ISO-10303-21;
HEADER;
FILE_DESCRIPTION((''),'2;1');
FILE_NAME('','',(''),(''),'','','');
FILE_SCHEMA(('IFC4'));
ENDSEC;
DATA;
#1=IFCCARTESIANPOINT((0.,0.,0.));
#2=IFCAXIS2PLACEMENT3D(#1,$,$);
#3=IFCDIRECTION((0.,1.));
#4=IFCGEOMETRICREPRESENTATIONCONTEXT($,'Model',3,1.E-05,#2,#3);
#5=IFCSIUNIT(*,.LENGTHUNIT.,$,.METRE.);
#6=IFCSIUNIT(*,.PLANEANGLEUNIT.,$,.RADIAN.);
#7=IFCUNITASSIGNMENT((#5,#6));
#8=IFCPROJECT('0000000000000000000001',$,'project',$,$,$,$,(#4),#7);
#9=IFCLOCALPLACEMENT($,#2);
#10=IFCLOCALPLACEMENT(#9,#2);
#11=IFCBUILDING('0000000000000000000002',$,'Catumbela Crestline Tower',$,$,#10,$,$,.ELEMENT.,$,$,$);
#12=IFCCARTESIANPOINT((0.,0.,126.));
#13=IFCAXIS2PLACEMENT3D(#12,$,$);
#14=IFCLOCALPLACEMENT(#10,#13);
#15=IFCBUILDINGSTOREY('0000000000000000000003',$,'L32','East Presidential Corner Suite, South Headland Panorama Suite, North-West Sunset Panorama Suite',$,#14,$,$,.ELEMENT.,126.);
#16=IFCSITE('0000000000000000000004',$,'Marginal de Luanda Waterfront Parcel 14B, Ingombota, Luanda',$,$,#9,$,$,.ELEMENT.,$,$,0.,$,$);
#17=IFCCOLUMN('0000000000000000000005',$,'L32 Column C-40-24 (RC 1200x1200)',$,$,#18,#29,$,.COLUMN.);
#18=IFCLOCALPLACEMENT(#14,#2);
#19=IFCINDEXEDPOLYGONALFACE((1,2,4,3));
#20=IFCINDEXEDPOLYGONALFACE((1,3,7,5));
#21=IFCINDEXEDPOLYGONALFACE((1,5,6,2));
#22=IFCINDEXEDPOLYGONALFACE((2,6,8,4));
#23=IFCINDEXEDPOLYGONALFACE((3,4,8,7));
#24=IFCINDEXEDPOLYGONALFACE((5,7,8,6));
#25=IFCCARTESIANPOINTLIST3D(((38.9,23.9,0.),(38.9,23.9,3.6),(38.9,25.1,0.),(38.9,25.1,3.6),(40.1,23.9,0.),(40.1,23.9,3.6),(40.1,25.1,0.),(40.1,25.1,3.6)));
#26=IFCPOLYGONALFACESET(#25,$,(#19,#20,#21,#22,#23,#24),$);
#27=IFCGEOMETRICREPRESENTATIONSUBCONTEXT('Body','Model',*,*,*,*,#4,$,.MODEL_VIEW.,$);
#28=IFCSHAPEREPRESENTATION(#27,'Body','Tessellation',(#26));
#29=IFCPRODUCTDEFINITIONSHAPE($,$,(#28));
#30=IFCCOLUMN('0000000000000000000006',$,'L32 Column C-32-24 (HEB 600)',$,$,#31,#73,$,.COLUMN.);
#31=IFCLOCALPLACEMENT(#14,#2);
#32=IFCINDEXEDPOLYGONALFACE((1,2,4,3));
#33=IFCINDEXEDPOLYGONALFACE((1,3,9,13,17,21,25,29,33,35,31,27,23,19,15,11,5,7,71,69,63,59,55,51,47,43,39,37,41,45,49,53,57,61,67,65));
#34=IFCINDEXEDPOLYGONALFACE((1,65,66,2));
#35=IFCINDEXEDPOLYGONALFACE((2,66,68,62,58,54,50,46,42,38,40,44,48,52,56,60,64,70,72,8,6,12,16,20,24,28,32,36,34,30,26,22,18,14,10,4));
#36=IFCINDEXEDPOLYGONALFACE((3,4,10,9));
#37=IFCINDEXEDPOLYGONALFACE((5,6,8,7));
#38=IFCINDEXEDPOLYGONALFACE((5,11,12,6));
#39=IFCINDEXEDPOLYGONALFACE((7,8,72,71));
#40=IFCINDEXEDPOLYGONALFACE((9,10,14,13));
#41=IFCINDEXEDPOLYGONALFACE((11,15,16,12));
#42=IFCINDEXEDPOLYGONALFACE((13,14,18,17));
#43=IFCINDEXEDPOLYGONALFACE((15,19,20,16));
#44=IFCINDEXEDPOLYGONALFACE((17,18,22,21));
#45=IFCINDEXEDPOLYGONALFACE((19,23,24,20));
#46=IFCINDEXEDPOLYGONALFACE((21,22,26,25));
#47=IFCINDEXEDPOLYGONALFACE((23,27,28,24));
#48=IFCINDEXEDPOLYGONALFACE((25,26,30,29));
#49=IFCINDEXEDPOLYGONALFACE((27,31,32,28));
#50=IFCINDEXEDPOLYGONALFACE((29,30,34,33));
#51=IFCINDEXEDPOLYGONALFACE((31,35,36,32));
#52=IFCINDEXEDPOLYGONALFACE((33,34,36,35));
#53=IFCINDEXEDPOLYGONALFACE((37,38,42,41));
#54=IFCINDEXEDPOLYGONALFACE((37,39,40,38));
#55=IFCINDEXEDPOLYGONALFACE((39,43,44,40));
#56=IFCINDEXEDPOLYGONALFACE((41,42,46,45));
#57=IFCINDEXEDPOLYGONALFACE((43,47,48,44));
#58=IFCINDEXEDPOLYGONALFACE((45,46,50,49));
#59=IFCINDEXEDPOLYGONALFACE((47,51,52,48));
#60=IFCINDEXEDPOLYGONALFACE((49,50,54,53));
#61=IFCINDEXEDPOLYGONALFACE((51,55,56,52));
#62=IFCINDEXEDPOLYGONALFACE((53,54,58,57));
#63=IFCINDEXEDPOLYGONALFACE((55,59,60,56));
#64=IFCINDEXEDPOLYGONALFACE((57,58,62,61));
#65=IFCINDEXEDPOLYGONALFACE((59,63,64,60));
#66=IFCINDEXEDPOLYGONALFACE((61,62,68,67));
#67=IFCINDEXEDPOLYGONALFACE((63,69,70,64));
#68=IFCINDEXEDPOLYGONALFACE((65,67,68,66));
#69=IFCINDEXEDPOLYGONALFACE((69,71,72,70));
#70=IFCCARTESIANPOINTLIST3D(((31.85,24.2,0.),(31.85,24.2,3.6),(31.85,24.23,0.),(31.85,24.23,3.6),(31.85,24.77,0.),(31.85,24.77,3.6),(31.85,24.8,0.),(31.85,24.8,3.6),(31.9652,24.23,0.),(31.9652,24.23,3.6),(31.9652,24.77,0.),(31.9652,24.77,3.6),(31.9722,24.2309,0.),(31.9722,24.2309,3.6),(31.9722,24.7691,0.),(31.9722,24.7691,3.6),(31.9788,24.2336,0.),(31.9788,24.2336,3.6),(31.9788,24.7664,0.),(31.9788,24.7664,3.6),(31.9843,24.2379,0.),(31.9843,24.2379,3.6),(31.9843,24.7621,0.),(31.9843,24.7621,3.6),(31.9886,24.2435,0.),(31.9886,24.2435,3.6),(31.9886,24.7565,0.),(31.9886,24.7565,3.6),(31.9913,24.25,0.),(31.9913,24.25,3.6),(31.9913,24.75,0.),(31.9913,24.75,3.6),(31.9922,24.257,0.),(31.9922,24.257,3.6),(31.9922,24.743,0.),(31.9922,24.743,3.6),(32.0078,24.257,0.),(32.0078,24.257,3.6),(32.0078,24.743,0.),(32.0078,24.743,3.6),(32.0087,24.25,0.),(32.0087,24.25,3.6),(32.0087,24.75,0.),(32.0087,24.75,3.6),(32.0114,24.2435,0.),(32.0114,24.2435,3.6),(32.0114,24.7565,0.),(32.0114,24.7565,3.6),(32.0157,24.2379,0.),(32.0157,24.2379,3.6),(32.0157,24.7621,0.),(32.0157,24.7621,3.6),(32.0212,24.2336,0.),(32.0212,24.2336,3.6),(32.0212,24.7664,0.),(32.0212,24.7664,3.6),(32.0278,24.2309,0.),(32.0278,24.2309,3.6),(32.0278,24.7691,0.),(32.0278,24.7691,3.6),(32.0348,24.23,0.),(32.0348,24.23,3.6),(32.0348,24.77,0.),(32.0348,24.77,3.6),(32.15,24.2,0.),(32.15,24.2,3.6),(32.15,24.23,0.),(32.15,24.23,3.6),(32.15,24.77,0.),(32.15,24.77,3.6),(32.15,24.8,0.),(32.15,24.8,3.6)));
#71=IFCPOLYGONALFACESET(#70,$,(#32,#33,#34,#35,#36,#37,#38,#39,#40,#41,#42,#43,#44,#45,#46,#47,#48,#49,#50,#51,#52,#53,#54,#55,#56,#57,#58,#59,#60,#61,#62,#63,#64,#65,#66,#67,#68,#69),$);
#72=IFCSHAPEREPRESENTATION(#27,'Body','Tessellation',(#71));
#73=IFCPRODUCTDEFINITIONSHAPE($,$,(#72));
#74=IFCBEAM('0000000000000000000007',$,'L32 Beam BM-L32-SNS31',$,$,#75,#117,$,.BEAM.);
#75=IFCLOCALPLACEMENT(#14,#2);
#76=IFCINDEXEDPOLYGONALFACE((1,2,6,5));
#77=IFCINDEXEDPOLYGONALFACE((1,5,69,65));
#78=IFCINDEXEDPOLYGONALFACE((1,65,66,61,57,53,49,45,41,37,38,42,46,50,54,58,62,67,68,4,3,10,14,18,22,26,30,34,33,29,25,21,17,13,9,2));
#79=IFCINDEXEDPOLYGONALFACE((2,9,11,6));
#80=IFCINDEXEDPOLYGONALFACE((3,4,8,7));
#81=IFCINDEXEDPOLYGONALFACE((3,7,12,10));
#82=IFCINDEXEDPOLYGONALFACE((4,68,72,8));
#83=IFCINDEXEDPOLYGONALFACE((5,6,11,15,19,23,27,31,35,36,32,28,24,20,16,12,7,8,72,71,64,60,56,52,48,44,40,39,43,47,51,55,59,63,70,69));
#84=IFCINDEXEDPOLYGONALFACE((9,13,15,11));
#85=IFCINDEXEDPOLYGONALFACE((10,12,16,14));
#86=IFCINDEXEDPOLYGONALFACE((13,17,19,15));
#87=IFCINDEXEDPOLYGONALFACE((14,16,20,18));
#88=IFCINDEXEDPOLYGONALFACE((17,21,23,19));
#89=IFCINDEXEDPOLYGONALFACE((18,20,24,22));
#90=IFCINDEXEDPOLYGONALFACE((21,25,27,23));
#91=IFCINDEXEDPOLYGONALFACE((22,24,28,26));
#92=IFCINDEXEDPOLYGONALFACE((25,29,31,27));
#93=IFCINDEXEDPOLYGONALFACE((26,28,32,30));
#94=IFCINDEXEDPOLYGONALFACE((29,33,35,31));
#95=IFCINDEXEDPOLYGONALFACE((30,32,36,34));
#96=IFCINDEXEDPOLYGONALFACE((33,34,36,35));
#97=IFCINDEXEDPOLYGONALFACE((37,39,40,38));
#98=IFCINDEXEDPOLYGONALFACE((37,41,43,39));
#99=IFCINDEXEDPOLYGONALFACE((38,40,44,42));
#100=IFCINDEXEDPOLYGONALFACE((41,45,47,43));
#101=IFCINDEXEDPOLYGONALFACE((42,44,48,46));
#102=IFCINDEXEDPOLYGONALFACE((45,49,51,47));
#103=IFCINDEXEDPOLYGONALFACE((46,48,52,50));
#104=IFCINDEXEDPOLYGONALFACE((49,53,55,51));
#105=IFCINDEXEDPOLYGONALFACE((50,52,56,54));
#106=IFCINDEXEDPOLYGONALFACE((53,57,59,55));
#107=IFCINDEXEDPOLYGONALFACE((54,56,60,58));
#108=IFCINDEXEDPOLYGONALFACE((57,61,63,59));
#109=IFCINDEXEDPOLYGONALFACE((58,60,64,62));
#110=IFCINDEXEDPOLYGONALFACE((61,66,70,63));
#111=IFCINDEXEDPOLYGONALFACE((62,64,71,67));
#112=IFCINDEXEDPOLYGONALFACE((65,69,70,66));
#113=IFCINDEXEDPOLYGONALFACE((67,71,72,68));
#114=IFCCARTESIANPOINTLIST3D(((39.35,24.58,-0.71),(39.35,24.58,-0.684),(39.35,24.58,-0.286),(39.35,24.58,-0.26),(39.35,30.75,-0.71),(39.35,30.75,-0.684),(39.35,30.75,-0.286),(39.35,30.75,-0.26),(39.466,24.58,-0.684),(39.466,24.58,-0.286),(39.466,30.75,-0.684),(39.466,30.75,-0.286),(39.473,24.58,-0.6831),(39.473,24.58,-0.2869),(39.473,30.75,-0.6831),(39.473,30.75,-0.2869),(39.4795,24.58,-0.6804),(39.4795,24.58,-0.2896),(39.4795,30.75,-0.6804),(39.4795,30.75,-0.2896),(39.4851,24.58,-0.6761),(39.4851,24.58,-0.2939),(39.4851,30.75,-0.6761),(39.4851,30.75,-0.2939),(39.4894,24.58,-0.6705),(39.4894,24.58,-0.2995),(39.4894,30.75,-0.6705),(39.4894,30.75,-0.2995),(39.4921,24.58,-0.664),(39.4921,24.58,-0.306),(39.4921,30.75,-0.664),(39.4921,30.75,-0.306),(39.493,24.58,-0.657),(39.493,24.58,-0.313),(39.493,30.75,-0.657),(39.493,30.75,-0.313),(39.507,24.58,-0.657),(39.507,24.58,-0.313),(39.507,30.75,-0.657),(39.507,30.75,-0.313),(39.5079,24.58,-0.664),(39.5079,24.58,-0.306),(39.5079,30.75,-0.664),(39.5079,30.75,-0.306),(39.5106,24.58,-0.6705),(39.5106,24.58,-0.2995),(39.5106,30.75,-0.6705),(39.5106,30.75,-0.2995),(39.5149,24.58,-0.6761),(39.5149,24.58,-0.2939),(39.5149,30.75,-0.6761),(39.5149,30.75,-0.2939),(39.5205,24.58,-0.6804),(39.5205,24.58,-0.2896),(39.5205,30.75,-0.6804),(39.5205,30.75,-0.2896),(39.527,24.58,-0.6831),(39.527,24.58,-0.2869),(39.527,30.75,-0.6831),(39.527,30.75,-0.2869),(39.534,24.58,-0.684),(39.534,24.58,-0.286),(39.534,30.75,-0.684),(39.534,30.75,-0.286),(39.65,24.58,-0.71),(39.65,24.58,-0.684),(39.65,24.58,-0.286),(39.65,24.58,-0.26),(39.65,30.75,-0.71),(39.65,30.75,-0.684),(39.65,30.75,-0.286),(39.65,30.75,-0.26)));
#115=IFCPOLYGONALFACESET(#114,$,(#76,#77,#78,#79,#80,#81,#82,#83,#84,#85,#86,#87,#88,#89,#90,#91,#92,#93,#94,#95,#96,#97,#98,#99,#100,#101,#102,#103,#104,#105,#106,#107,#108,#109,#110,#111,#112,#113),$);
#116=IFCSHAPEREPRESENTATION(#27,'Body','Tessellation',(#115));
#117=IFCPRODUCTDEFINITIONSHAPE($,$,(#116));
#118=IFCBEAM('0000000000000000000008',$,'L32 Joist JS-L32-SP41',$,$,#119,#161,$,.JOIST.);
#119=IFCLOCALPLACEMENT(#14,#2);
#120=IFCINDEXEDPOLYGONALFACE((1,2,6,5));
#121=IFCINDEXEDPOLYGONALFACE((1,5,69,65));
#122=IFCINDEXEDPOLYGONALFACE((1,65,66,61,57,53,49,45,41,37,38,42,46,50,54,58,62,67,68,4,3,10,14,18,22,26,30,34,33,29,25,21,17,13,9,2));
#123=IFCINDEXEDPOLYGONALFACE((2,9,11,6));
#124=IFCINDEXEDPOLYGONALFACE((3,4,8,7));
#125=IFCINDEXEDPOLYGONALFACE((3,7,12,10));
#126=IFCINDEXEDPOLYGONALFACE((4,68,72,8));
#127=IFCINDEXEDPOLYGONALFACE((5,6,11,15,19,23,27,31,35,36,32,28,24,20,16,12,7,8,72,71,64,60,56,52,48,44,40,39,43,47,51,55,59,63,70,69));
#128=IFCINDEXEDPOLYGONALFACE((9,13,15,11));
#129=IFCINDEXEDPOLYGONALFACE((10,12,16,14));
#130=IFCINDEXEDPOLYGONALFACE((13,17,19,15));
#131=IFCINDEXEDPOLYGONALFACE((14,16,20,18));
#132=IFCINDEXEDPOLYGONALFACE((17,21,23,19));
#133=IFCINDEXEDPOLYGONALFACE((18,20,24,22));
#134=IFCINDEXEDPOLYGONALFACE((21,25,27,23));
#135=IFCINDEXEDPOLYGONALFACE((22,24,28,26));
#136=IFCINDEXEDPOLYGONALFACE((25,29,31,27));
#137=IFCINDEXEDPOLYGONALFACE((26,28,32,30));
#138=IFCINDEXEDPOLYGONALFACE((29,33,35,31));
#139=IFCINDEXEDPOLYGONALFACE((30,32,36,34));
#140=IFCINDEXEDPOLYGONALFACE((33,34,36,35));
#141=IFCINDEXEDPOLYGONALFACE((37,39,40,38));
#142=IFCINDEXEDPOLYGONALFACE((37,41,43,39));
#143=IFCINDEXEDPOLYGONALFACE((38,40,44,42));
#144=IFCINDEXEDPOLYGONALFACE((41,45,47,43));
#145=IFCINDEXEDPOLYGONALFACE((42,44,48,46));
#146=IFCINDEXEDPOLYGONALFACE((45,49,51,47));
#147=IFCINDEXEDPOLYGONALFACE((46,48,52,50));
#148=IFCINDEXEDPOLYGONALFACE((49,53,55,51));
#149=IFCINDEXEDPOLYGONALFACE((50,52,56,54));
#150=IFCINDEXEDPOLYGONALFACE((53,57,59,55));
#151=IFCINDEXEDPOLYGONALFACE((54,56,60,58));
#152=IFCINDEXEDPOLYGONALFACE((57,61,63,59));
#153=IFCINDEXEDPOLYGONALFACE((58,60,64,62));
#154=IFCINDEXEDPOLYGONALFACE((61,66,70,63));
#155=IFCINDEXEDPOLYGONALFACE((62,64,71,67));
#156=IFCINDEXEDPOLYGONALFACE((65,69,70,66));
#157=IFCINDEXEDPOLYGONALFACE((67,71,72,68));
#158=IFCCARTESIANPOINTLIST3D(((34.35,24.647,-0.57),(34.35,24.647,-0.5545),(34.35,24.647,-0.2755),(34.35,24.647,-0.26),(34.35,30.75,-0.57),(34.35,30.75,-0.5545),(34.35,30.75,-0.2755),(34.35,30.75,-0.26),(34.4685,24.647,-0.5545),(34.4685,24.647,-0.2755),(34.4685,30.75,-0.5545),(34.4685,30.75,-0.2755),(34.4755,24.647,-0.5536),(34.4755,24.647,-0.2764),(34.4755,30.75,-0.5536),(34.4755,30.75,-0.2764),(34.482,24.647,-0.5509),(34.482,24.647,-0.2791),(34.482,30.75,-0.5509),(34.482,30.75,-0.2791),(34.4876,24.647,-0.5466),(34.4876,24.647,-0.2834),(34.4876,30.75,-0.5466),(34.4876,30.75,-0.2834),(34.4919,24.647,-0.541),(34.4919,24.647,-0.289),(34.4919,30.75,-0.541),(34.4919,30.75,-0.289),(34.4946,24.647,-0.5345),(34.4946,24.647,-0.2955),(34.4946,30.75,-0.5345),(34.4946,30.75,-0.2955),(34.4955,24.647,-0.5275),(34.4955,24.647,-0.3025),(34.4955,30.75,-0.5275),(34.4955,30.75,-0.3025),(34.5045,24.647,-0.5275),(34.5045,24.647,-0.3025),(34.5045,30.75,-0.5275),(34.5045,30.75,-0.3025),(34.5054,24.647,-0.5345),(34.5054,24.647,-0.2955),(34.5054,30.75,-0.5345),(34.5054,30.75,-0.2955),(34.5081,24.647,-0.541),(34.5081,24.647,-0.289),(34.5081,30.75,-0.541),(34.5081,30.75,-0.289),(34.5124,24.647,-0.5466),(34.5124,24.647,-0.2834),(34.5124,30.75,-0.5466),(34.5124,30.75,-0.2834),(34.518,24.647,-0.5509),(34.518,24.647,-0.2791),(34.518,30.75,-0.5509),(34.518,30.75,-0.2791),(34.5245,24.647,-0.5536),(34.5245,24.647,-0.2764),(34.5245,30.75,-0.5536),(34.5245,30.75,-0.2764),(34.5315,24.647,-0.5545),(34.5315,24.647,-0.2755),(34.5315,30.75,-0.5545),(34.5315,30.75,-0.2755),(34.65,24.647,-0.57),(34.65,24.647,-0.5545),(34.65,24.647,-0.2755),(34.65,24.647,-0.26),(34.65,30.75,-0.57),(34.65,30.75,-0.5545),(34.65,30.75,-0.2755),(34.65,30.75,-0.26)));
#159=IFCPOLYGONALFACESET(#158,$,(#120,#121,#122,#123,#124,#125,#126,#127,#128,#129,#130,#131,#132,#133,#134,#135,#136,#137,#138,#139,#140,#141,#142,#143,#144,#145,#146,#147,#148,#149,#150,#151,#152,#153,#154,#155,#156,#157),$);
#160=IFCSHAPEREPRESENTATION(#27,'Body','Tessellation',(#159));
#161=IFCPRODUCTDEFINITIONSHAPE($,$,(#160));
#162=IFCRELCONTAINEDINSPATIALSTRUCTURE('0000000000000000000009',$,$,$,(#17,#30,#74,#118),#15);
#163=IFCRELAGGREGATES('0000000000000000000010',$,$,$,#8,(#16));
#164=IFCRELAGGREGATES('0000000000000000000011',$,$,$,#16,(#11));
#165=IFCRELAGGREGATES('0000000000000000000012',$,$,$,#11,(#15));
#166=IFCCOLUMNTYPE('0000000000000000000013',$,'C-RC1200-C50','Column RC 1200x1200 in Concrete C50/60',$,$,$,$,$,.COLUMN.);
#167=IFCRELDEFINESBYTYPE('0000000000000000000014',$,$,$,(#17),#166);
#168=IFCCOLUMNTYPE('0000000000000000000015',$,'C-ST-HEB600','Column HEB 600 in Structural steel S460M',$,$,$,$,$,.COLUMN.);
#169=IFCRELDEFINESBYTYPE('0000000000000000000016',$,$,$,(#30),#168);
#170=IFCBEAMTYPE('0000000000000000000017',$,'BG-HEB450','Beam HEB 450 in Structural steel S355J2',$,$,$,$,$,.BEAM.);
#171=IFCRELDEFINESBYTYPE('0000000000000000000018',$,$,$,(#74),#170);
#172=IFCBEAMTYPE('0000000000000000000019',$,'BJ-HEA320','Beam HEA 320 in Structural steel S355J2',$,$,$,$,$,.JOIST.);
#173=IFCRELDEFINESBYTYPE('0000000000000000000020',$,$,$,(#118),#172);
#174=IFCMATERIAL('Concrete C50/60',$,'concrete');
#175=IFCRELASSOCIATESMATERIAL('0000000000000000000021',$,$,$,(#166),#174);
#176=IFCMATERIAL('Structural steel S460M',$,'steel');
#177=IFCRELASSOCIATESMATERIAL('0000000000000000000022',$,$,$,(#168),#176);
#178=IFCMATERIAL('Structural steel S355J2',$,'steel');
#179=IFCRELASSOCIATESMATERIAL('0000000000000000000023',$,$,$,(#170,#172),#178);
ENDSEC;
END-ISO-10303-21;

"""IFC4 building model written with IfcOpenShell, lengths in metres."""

from ifc_helpers import new_model, si_unit, direction, frame, origin, origin_2d, place, context, subcontext, project, spatial, rectangle, i_section, extrude, material, material_profile, profile_set, type_object, element, save


model = new_model("IFC4")

# Units and contexts
model_context = context("Model", 3, precision=1e-05, world=origin(), true_north=direction((0.0, 1.0)))
body_context = subcontext(model_context, "Body", "Model", "MODEL_VIEW")
ifc_project = project(units=[si_unit("LENGTHUNIT", "METRE"), si_unit("PLANEANGLEUNIT", "RADIAN")], contexts=[model_context])

# Site, building, storey
site_placement = place(None, origin())
site = spatial("IfcSite", under=ifc_project, at=site_placement, Name="Marginal de Luanda Waterfront Parcel 14B, Ingombota, Luanda", CompositionType="ELEMENT", RefElevation=0.0)
building_placement = place(site_placement, origin())
building = spatial("IfcBuilding", under=site, at=building_placement, Name="Catumbela Crestline Tower", CompositionType="ELEMENT")
storey_placement = place(building_placement, frame((0.0, 0.0, 126.0)))
storey = spatial("IfcBuildingStorey", under=building, at=storey_placement, Name="L32", Description="East Presidential Corner Suite, South Headland Panorama Suite, North-West Sunset Panorama Suite", CompositionType="ELEMENT", Elevation=126.0)

# Columns
ifc_material_1 = material(Name="Concrete C50/60", Category="concrete")
ifc_material_profile_1 = material_profile(ifc_material_1, rectangle(XDim=1.2, YDim=1.2, at=origin_2d()), Name="RC 1200x1200")
ifc_profile_set_1 = profile_set([ifc_material_profile_1], Name="Concrete C50/60")
column_type_1 = type_object("IfcColumnType", Name="C-RC1200-C50", Description="Column RC 1200x1200 in Concrete C50/60", PredefinedType="COLUMN", material=ifc_profile_set_1)
column_1_placement = place(storey_placement, frame((39.5, 24.5, 0.0), z_axis=(0.0, 0.0, 1.0), x_axis=(1.0, 0.0, 0.0)))
element("IfcColumn", 1, at=column_1_placement, inside=storey, type_object=column_type_1, Name="L32 Column C-40-24 (RC 1200x1200)", PredefinedType="COLUMN", context=body_context, shape_type="SweptSolid", body=[
    extrude(rectangle(XDim=1.2, YDim=1.2, at=origin_2d()), origin(), (0.0, 0.0, 1.0), 3.6),
])
ifc_material_2 = material(Name="Structural steel S460M", Category="steel")
ifc_material_profile_2 = material_profile(ifc_material_2, i_section(OverallWidth=0.3, OverallDepth=0.6, WebThickness=0.0155, FlangeThickness=0.03, FilletRadius=0.027, at=origin_2d()), Name="HEB 600")
ifc_profile_set_2 = profile_set([ifc_material_profile_2], Name="Structural steel S460M")
column_type_2 = type_object("IfcColumnType", Name="C-ST-HEB600", Description="Column HEB 600 in Structural steel S460M", PredefinedType="COLUMN", material=ifc_profile_set_2)
column_2_placement = place(storey_placement, frame((32.0, 24.5, 0.0), z_axis=(0.0, 0.0, 1.0), x_axis=(1.0, 0.0, 0.0)))
element("IfcColumn", 2, at=column_2_placement, inside=storey, type_object=column_type_2, Name="L32 Column C-32-24 (HEB 600)", PredefinedType="COLUMN", context=body_context, shape_type="SweptSolid", body=[
    extrude(i_section(OverallWidth=0.3, OverallDepth=0.6, WebThickness=0.0155, FlangeThickness=0.03, FilletRadius=0.027, at=origin_2d()), origin(), (0.0, 0.0, 1.0), 3.6),
])

# Beams
ifc_material_3 = material(Name="Structural steel S355J2", Category="steel")
ifc_material_profile_3 = material_profile(ifc_material_3, i_section(OverallWidth=0.3, OverallDepth=0.45, WebThickness=0.014, FlangeThickness=0.026, FilletRadius=0.027, at=origin_2d()), Name="HEB 450")
ifc_profile_set_3 = profile_set([ifc_material_profile_3], Name="Structural steel S355J2")
beam_type_1 = type_object("IfcBeamType", Name="BG-HEB450", Description="Beam HEB 450 in Structural steel S355J2", PredefinedType="BEAM", material=ifc_profile_set_3)
beam_1_placement = place(storey_placement, frame((39.5, 24.58, -0.485), z_axis=(0.0, 1.0, 0.0), x_axis=(-1.0, 0.0, 0.0)))
element("IfcBeam", 3, at=beam_1_placement, inside=storey, type_object=beam_type_1, Name="L32 Beam BM-L32-SNS31", PredefinedType="BEAM", context=body_context, shape_type="SweptSolid", body=[
    extrude(i_section(OverallWidth=0.3, OverallDepth=0.45, WebThickness=0.014, FlangeThickness=0.026, FilletRadius=0.027, at=origin_2d()), origin(), (0.0, 0.0, 1.0), 6.17),
])
ifc_material_profile_4 = material_profile(ifc_material_3, i_section(OverallWidth=0.3, OverallDepth=0.31, WebThickness=0.009, FlangeThickness=0.0155, FilletRadius=0.027, at=origin_2d()), Name="HEA 320")
ifc_profile_set_4 = profile_set([ifc_material_profile_4], Name="Structural steel S355J2")
beam_type_2 = type_object("IfcBeamType", Name="BJ-HEA320", Description="Beam HEA 320 in Structural steel S355J2", PredefinedType="JOIST", material=ifc_profile_set_4)
for number, where, z_axis, x_axis, name in (
    (4, (34.5, 24.647, -0.415), (0.0, 1.0, 0.0), (-1.0, 0.0, 0.0), "L32 Joist JS-L32-SP41"),
):
    element("IfcBeam", number, at=place(storey_placement, frame(where, z_axis=z_axis, x_axis=x_axis)), inside=storey, type_object=beam_type_2, Name=name, PredefinedType="JOIST", context=body_context, shape_type="SweptSolid", body=[
        extrude(i_section(OverallWidth=0.3, OverallDepth=0.31, WebThickness=0.009, FlangeThickness=0.0155, FilletRadius=0.027, at=origin_2d()), origin(), (0.0, 0.0, 1.0), 6.103),
    ])

save(model, "model.ifc")
